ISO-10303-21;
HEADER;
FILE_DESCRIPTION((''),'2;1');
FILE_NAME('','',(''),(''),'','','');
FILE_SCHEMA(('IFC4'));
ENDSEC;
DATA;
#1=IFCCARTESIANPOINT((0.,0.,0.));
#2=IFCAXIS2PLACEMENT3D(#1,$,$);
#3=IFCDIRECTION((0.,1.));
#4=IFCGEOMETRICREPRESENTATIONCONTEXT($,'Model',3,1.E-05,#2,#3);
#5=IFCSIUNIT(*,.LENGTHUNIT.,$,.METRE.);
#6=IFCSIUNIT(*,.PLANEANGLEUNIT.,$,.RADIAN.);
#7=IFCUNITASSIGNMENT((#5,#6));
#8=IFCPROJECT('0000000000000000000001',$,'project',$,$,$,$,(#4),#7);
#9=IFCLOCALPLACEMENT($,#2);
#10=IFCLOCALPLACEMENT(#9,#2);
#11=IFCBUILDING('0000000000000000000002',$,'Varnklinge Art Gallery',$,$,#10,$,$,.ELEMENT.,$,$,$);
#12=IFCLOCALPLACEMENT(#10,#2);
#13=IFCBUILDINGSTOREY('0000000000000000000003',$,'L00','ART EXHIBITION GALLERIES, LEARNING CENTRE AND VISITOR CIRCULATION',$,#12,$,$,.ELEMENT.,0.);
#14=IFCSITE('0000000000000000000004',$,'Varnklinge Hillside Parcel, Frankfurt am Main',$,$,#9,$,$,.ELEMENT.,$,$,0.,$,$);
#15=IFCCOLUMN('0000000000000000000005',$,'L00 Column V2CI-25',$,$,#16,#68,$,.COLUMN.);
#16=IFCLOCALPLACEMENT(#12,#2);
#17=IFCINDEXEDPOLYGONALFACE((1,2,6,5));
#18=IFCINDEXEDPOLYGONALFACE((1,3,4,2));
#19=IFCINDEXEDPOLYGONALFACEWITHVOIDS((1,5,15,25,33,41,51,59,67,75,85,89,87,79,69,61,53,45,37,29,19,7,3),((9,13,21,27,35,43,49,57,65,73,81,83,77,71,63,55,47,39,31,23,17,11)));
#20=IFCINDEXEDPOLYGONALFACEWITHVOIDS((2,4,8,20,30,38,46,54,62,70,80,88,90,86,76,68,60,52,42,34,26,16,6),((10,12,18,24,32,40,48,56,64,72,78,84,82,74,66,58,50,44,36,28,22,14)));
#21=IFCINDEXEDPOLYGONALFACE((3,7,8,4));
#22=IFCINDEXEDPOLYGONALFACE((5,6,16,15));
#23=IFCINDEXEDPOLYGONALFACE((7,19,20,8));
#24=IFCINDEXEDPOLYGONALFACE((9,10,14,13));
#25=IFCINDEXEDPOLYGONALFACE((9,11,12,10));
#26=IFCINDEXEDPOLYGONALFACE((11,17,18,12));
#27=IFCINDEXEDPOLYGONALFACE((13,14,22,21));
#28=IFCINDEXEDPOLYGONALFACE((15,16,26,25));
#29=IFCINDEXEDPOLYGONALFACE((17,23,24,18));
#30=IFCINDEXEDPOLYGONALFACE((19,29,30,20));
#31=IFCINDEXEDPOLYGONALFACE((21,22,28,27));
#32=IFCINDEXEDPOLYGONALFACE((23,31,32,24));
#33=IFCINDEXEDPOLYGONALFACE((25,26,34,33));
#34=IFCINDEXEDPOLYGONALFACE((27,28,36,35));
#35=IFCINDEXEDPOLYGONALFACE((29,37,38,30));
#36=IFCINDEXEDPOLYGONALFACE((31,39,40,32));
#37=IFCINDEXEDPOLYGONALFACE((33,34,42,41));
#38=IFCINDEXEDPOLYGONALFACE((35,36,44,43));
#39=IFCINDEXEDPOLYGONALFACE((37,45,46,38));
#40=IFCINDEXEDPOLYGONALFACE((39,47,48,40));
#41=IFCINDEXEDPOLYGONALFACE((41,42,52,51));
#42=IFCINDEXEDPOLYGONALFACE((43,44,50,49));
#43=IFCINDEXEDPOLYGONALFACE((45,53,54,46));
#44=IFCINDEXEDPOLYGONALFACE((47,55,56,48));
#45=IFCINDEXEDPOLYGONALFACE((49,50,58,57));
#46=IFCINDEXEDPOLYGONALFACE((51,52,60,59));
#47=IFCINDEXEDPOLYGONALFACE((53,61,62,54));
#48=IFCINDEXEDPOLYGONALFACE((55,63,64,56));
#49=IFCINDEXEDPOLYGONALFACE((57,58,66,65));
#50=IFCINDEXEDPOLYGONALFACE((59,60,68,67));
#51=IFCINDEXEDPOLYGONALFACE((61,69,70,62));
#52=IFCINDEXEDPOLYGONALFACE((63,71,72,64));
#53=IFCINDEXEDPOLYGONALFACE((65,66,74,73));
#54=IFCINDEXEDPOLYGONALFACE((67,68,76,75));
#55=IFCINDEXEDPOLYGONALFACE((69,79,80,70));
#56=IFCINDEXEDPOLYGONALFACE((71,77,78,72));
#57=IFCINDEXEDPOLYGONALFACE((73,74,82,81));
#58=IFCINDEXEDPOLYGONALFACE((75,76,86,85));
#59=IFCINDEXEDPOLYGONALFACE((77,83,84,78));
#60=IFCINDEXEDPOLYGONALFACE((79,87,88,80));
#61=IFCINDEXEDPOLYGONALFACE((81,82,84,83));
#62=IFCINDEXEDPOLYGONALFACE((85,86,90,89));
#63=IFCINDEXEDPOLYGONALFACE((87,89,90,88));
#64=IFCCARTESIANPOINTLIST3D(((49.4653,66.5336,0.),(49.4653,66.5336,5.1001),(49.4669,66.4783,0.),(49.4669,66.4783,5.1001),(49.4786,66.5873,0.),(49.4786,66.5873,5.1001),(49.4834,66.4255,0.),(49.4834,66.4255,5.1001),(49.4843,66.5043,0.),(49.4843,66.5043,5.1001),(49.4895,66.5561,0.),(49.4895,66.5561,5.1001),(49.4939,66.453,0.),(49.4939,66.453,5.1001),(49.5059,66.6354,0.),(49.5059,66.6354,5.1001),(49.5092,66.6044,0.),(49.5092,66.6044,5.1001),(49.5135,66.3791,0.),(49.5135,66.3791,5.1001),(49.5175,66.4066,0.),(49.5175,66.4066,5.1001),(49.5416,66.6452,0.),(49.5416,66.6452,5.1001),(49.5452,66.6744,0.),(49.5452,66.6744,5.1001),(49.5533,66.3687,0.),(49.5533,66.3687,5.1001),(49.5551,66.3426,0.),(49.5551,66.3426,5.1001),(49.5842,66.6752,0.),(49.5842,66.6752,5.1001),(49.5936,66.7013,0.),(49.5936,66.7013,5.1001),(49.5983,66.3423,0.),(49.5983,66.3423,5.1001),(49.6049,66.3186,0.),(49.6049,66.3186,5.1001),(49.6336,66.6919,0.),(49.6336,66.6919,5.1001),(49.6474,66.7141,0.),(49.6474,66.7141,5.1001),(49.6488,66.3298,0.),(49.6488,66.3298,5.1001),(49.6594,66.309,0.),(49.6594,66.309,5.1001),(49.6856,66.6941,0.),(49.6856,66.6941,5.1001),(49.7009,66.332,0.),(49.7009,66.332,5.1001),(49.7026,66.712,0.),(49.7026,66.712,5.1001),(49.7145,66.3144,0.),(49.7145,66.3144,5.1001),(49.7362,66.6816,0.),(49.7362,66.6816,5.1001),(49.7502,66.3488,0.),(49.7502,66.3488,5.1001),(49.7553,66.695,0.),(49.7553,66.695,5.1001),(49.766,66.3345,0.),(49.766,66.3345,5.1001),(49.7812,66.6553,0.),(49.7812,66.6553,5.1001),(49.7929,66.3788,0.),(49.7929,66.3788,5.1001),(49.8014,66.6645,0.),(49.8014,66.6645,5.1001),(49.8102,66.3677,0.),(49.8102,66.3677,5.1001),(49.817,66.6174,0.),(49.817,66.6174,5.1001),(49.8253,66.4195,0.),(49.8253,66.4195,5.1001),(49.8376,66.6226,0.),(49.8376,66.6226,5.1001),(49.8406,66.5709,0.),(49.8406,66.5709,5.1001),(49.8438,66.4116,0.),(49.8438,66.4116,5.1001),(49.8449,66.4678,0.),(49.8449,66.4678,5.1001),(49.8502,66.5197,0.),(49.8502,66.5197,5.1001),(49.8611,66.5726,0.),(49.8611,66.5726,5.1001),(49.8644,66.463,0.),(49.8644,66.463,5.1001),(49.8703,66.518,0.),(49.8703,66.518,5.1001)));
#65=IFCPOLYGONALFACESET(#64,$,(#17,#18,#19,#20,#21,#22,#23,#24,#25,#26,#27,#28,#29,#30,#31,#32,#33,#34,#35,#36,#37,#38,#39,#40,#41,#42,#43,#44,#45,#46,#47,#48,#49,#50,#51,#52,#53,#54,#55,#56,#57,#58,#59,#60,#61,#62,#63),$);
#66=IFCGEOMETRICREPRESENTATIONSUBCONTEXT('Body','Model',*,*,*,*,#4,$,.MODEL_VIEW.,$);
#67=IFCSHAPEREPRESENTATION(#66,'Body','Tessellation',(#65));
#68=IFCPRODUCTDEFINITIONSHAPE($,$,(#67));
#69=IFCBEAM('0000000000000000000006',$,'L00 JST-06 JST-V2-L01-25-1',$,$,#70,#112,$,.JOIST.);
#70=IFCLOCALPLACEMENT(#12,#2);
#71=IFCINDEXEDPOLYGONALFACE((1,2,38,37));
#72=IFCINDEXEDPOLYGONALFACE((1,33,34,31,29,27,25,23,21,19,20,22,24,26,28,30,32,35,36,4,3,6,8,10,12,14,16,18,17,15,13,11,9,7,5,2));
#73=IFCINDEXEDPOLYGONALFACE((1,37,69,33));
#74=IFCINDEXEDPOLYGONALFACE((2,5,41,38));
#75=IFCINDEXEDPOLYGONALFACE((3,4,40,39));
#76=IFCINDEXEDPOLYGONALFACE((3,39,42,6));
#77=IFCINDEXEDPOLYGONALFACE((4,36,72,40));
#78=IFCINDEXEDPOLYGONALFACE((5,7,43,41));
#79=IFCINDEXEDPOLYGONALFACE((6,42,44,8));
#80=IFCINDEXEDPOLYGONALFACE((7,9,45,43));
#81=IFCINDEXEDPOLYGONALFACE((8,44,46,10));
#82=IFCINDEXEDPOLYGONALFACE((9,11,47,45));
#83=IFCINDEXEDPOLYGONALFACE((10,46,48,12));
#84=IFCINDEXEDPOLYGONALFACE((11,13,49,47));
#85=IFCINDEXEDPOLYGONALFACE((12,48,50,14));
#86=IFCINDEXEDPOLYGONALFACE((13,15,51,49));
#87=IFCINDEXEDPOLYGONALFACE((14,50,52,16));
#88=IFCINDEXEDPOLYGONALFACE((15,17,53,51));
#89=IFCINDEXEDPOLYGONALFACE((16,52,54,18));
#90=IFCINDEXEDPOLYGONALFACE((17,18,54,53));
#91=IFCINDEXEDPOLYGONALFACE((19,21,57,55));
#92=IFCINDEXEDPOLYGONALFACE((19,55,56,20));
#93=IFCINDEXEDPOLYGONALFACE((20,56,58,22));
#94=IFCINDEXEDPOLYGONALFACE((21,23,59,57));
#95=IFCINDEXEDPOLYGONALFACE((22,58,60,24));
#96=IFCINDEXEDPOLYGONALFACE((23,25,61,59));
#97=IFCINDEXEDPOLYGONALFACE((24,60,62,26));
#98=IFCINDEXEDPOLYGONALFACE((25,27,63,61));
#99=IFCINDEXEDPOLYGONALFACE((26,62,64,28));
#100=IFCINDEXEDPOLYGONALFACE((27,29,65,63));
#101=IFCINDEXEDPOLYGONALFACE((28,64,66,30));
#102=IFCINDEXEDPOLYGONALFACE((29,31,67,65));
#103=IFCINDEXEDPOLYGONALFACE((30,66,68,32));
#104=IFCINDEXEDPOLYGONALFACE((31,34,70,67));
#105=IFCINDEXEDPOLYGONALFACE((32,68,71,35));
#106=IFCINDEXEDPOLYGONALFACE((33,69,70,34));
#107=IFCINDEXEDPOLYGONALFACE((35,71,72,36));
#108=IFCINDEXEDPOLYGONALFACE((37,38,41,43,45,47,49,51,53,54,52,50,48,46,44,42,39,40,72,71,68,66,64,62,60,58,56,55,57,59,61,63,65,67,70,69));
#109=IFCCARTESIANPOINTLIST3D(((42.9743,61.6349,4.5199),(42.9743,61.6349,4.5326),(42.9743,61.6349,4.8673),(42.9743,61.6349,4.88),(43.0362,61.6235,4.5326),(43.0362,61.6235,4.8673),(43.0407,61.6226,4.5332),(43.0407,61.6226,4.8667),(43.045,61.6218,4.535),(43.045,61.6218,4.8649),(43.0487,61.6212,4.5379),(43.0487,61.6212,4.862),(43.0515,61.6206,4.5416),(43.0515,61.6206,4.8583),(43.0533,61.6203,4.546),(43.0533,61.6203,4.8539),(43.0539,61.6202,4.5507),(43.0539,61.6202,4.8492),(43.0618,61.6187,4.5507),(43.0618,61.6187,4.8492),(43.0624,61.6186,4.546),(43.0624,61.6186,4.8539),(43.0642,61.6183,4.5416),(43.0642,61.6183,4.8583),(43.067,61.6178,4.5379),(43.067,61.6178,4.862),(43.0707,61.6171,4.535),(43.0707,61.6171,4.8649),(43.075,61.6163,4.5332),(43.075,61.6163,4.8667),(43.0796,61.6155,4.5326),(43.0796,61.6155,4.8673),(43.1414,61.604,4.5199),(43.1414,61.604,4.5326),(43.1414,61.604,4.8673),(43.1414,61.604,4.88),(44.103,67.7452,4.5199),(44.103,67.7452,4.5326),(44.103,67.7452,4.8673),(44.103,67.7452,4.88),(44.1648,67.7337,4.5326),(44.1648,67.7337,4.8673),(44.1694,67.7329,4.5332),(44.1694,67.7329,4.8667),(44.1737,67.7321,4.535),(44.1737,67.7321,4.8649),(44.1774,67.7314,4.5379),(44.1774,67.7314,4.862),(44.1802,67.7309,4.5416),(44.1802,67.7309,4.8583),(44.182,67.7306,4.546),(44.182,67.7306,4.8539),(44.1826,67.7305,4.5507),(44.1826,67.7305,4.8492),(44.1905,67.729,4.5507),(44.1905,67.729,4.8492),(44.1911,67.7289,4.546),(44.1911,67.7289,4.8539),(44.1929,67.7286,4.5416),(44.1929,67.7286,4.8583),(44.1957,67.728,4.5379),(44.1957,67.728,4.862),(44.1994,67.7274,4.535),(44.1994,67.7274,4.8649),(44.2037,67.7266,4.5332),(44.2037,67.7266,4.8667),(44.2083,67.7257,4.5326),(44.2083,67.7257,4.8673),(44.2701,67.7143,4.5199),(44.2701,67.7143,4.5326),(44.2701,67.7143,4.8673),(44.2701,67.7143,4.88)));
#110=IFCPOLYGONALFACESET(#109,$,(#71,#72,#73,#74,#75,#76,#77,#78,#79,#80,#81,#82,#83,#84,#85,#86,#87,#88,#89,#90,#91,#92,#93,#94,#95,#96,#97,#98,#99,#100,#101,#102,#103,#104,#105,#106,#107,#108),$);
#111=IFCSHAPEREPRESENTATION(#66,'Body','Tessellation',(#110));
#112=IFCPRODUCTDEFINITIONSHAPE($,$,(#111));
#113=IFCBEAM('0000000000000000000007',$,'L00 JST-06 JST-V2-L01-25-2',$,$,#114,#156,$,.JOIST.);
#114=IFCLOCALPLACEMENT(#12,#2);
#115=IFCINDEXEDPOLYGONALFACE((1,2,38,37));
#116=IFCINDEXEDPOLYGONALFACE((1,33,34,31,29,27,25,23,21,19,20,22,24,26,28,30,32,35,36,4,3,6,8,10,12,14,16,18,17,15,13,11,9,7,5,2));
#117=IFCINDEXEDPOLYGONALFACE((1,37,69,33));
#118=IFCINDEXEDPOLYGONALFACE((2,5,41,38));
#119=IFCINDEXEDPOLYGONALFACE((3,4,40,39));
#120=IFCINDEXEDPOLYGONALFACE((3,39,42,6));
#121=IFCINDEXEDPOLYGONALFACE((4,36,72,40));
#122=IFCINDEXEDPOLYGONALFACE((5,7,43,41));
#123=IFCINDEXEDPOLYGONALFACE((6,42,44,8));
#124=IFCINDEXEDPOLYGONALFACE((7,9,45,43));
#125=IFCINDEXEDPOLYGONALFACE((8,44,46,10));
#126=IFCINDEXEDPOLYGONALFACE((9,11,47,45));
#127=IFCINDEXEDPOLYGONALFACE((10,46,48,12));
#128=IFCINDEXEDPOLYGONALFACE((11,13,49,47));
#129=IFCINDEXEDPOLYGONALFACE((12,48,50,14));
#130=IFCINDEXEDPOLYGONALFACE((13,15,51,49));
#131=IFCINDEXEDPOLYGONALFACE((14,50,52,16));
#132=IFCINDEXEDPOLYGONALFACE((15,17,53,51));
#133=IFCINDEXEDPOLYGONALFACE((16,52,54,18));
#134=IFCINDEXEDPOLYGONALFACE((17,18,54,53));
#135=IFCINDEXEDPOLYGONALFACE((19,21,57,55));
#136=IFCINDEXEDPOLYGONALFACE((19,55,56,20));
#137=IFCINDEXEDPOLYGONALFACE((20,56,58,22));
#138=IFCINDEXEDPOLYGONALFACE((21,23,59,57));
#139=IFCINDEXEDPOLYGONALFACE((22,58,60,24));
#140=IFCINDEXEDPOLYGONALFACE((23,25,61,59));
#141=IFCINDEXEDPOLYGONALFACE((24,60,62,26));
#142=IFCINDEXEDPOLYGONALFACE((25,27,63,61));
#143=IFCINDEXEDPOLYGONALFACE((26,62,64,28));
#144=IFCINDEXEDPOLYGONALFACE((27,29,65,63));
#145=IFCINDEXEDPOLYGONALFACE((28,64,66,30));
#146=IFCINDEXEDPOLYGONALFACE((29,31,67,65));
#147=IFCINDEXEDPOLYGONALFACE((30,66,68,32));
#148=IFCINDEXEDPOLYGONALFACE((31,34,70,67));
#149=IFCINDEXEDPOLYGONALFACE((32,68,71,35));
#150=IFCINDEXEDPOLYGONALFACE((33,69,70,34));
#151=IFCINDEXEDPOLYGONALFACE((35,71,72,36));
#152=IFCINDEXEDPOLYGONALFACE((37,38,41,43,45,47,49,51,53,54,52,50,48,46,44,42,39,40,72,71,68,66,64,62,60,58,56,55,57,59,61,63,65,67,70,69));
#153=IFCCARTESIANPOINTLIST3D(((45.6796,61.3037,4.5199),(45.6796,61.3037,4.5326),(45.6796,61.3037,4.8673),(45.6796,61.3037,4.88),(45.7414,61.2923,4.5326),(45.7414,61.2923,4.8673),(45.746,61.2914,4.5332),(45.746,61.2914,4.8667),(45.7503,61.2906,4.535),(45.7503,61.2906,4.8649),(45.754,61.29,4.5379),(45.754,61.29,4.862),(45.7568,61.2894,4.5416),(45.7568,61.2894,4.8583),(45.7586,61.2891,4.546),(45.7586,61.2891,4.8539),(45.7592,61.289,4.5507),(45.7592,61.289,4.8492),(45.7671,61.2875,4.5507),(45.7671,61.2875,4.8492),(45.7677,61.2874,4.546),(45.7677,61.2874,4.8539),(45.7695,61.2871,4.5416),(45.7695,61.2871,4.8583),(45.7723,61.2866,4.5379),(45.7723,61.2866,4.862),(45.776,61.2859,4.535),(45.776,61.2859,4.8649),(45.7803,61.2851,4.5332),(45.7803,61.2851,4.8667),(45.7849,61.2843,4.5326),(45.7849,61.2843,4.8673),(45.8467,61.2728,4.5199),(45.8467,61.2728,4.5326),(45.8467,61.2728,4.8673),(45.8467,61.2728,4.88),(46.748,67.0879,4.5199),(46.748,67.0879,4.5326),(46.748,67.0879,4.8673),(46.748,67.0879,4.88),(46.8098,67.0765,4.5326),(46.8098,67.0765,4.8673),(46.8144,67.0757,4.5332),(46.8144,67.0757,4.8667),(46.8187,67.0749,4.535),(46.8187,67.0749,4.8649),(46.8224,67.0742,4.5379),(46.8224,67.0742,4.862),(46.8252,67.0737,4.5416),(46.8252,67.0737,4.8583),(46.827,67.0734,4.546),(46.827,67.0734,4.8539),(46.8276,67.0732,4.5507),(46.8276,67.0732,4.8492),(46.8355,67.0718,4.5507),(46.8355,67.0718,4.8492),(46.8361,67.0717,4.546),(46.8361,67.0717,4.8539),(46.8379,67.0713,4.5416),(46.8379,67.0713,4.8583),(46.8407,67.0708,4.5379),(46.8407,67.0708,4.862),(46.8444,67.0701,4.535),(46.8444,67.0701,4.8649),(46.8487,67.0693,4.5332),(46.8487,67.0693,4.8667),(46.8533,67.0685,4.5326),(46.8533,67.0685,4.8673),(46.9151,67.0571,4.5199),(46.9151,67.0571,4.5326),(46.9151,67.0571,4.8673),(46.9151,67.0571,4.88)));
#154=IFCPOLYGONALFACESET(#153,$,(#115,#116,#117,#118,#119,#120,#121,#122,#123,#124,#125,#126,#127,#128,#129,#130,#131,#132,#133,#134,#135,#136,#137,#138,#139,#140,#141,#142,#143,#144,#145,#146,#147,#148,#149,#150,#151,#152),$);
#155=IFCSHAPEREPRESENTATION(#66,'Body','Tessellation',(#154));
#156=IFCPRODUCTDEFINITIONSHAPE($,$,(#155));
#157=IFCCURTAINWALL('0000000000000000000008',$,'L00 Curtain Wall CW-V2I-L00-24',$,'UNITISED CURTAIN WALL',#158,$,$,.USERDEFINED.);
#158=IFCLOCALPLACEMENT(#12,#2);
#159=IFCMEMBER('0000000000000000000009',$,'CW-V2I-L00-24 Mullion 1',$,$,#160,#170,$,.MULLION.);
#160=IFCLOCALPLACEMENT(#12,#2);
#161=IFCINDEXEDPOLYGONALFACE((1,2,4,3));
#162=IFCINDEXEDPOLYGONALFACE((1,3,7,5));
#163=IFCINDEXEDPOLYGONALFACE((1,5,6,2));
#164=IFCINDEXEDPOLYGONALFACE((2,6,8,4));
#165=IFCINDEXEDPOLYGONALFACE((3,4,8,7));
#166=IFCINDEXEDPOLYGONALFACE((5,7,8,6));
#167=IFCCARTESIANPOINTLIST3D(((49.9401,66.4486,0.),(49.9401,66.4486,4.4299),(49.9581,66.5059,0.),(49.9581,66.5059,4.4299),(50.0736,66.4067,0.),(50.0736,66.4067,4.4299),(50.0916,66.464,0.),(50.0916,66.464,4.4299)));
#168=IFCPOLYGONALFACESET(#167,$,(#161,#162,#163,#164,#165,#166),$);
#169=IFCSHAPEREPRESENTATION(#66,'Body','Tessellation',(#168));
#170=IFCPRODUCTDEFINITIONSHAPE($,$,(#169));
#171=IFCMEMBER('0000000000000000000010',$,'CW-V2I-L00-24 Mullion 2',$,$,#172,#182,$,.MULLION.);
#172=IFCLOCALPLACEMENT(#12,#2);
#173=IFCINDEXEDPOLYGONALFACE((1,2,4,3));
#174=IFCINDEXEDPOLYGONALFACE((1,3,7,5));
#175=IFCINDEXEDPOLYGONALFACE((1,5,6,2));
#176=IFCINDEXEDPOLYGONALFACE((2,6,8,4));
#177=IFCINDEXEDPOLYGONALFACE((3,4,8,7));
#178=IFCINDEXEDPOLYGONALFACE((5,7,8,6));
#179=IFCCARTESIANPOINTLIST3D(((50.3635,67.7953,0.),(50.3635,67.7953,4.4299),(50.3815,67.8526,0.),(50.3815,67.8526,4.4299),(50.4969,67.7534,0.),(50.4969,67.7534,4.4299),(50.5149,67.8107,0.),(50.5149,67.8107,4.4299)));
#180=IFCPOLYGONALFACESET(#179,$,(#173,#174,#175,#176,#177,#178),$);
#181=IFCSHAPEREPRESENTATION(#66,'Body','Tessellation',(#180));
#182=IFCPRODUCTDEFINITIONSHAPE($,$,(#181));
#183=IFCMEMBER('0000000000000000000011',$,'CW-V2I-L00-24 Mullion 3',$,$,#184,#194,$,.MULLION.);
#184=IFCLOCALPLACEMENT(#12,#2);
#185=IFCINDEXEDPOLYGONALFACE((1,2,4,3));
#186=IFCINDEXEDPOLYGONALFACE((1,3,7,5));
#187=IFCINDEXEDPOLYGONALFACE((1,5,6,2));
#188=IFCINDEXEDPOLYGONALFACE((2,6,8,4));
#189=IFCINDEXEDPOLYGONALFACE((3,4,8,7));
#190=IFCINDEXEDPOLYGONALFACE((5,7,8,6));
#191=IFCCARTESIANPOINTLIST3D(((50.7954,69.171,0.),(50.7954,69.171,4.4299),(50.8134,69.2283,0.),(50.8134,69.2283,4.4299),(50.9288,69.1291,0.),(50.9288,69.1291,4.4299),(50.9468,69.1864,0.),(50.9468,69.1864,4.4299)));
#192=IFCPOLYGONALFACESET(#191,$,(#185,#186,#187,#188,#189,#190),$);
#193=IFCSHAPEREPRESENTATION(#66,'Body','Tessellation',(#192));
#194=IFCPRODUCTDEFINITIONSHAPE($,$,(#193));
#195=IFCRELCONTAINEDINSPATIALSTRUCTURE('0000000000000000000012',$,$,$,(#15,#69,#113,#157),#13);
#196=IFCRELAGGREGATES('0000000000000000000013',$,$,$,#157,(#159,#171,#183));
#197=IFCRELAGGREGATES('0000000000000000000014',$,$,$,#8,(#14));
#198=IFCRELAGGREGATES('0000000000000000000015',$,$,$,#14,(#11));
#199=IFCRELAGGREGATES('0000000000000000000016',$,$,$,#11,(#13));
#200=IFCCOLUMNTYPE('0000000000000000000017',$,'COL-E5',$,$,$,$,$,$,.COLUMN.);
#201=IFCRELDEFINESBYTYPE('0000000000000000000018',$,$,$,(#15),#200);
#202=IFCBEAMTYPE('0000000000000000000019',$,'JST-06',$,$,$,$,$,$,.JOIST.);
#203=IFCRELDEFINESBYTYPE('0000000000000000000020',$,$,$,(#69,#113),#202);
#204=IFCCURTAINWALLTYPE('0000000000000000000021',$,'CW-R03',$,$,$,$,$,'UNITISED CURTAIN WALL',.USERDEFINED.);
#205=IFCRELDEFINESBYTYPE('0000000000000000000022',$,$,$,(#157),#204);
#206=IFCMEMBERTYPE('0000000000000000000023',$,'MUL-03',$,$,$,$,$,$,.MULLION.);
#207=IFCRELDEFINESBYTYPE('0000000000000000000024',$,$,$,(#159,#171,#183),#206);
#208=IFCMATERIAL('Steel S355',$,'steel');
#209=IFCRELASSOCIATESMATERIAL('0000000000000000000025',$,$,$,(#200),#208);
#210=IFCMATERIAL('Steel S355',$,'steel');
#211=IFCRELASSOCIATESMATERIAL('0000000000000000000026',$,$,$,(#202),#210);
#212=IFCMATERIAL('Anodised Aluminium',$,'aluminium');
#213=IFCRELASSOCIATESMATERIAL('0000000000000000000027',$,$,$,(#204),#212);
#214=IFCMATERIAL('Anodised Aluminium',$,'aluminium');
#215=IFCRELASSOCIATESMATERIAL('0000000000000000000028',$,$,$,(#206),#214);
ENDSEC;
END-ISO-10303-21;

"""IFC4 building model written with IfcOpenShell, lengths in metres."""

from ifc_helpers import new_model, si_unit, direction, frame, origin, origin_2d, place, context, subcontext, project, spatial, rectangle, hollow_circle, i_section, extrude, material, material_profile, profile_set, type_object, element, aggregate, save


model = new_model("IFC4")

# Units and contexts
model_context = context("Model", 3, precision=1e-05, world=origin(), true_north=direction((0.0, 1.0)))
body_context = subcontext(model_context, "Body", "Model", "MODEL_VIEW")
ifc_project = project(units=[si_unit("LENGTHUNIT", "METRE"), si_unit("PLANEANGLEUNIT", "RADIAN")], contexts=[model_context])

# Site, building, storey
site_placement = place(None, origin())
site = spatial("IfcSite", under=ifc_project, at=site_placement, Name="Varnklinge Hillside Parcel, Frankfurt am Main", CompositionType="ELEMENT", RefElevation=0.0)
building_placement = place(site_placement, origin())
building = spatial("IfcBuilding", under=site, at=building_placement, Name="Varnklinge Art Gallery", CompositionType="ELEMENT")
storey_placement = place(building_placement, origin())
storey = spatial("IfcBuildingStorey", under=building, at=storey_placement, Name="L00", Description="ART EXHIBITION GALLERIES, LEARNING CENTRE AND VISITOR CIRCULATION", CompositionType="ELEMENT", Elevation=0.0)

# Column
ifc_material_1 = material(Name="Steel S355", Category="steel")
ifc_material_profile_1 = material_profile(ifc_material_1, hollow_circle(Radius=0.2031, WallThickness=0.02, at=origin_2d()), Name="CHS 406.4x20")
ifc_profile_set_1 = profile_set([ifc_material_profile_1], Name="Steel S355")
column_type = type_object("IfcColumnType", Name="COL-E5", PredefinedType="COLUMN", material=ifc_profile_set_1)
column_placement = place(storey_placement, frame((49.6672, 66.512, 0.0), z_axis=(0.0, 0.0, 1.0), x_axis=(0.970506, -0.241075, 0.0)))
element("IfcColumn", 1, at=column_placement, inside=storey, type_object=column_type, Name="L00 Column V2CI-25", PredefinedType="COLUMN", context=body_context, shape_type="SweptSolid", body=[
    extrude(hollow_circle(Radius=0.2031, WallThickness=0.02, at=origin_2d()), origin(), (0.0, 0.0, 1.0), 5.1001),
])

# Beams
ifc_material_2 = material(Name="Steel S355", Category="steel")
ifc_material_profile_2 = material_profile(ifc_material_2, i_section(OverallWidth=0.1699, OverallDepth=0.3601, WebThickness=0.0081, FlangeThickness=0.0127, FilletRadius=0.0181, at=origin_2d()), Name="IPE 360")
ifc_profile_set_2 = profile_set([ifc_material_profile_2], Name="Steel S355")
beam_type_1 = type_object("IfcBeamType", Name="JST-06", PredefinedType="JOIST", material=ifc_profile_set_2)
beam_1_placement = place(storey_placement, frame((44.1865, 67.7297, 4.7), z_axis=(-0.18164, -0.983365, 0.0), x_axis=(0.983365, -0.18164, 0.0)))
element("IfcBeam", 2, at=beam_1_placement, inside=storey, type_object=beam_type_1, Name="L00 JST-06 JST-V2-L01-25-1", PredefinedType="JOIST", context=body_context, shape_type="SweptSolid", body=[
    extrude(i_section(OverallWidth=0.1699, OverallDepth=0.3601, WebThickness=0.0081, FlangeThickness=0.0127, FilletRadius=0.0181, at=origin_2d()), origin(), (0.0, 0.0, 1.0), 6.2136),
])
beam_2_placement = place(storey_placement, frame((46.8315, 67.0725, 4.7), z_axis=(-0.181631, -0.983367, 0.0), x_axis=(0.983367, -0.181631, 0.0)))
element("IfcBeam", 3, at=beam_2_placement, inside=storey, type_object=beam_type_1, Name="L00 JST-06 JST-V2-L01-25-2", PredefinedType="JOIST", context=body_context, shape_type="SweptSolid", body=[
    extrude(i_section(OverallWidth=0.1699, OverallDepth=0.3601, WebThickness=0.0081, FlangeThickness=0.0127, FilletRadius=0.0181, at=origin_2d()), origin(), (0.0, 0.0, 1.0), 5.8821),
])

# Curtain wall, members
ifc_material_3 = material(Name="Anodised Aluminium", Category="aluminium")
curtain_wall_type = type_object("IfcCurtainWallType", Name="CW-R03", ElementType="UNITISED CURTAIN WALL", PredefinedType="USERDEFINED", material=ifc_material_3)
curtain_wall_1_placement = place(storey_placement, origin())
curtain_wall_1 = element("IfcCurtainWall", 4, at=curtain_wall_1_placement, inside=storey, type_object=curtain_wall_type, Name="L00 Curtain Wall CW-V2I-L00-24", ObjectType="UNITISED CURTAIN WALL", PredefinedType="USERDEFINED")
ifc_material_4 = material(Name="Anodised Aluminium", Category="aluminium")
ifc_material_profile_3 = material_profile(ifc_material_4, rectangle(XDim=0.0601, YDim=0.1399, at=origin_2d()), Name="ALU 60x140")
ifc_profile_set_3 = profile_set([ifc_material_profile_3], Name="Anodised Aluminium")
member_type_1 = type_object("IfcMemberType", Name="MUL-03", PredefinedType="MULLION", material=ifc_profile_set_3)
member_1_placement = place(storey_placement, frame((50.0159, 66.4563, 0.0), z_axis=(0.0, 0.0, 1.0), x_axis=(0.299707, 0.954031, 0.0)))
member_1 = element("IfcMember", 5, at=member_1_placement, type_object=member_type_1, Name="CW-V2I-L00-24 Mullion 1", PredefinedType="MULLION", context=body_context, shape_type="SweptSolid", body=[
    extrude(rectangle(XDim=0.0601, YDim=0.1399, at=origin_2d()), origin(), (0.0, 0.0, 1.0), 4.4299),
])
member_2_placement = place(storey_placement, frame((50.4392, 67.803, 0.0), z_axis=(0.0, 0.0, 1.0), x_axis=(0.299707, 0.954031, 0.0)))
member_2 = element("IfcMember", 6, at=member_2_placement, type_object=member_type_1, Name="CW-V2I-L00-24 Mullion 2", PredefinedType="MULLION", context=body_context, shape_type="SweptSolid", body=[
    extrude(rectangle(XDim=0.0601, YDim=0.1399, at=origin_2d()), origin(), (0.0, 0.0, 1.0), 4.4299),
])
member_3_placement = place(storey_placement, frame((50.8711, 69.1787, 0.0), z_axis=(0.0, 0.0, 1.0), x_axis=(0.299707, 0.954031, 0.0)))
member_3 = element("IfcMember", 7, at=member_3_placement, type_object=member_type_1, Name="CW-V2I-L00-24 Mullion 3", PredefinedType="MULLION", context=body_context, shape_type="SweptSolid", body=[
    extrude(rectangle(XDim=0.0601, YDim=0.1399, at=origin_2d()), origin(), (0.0, 0.0, 1.0), 4.4299),
])

aggregate(curtain_wall_1, [member_1, member_2, member_3])

save(model, "model.ifc")
